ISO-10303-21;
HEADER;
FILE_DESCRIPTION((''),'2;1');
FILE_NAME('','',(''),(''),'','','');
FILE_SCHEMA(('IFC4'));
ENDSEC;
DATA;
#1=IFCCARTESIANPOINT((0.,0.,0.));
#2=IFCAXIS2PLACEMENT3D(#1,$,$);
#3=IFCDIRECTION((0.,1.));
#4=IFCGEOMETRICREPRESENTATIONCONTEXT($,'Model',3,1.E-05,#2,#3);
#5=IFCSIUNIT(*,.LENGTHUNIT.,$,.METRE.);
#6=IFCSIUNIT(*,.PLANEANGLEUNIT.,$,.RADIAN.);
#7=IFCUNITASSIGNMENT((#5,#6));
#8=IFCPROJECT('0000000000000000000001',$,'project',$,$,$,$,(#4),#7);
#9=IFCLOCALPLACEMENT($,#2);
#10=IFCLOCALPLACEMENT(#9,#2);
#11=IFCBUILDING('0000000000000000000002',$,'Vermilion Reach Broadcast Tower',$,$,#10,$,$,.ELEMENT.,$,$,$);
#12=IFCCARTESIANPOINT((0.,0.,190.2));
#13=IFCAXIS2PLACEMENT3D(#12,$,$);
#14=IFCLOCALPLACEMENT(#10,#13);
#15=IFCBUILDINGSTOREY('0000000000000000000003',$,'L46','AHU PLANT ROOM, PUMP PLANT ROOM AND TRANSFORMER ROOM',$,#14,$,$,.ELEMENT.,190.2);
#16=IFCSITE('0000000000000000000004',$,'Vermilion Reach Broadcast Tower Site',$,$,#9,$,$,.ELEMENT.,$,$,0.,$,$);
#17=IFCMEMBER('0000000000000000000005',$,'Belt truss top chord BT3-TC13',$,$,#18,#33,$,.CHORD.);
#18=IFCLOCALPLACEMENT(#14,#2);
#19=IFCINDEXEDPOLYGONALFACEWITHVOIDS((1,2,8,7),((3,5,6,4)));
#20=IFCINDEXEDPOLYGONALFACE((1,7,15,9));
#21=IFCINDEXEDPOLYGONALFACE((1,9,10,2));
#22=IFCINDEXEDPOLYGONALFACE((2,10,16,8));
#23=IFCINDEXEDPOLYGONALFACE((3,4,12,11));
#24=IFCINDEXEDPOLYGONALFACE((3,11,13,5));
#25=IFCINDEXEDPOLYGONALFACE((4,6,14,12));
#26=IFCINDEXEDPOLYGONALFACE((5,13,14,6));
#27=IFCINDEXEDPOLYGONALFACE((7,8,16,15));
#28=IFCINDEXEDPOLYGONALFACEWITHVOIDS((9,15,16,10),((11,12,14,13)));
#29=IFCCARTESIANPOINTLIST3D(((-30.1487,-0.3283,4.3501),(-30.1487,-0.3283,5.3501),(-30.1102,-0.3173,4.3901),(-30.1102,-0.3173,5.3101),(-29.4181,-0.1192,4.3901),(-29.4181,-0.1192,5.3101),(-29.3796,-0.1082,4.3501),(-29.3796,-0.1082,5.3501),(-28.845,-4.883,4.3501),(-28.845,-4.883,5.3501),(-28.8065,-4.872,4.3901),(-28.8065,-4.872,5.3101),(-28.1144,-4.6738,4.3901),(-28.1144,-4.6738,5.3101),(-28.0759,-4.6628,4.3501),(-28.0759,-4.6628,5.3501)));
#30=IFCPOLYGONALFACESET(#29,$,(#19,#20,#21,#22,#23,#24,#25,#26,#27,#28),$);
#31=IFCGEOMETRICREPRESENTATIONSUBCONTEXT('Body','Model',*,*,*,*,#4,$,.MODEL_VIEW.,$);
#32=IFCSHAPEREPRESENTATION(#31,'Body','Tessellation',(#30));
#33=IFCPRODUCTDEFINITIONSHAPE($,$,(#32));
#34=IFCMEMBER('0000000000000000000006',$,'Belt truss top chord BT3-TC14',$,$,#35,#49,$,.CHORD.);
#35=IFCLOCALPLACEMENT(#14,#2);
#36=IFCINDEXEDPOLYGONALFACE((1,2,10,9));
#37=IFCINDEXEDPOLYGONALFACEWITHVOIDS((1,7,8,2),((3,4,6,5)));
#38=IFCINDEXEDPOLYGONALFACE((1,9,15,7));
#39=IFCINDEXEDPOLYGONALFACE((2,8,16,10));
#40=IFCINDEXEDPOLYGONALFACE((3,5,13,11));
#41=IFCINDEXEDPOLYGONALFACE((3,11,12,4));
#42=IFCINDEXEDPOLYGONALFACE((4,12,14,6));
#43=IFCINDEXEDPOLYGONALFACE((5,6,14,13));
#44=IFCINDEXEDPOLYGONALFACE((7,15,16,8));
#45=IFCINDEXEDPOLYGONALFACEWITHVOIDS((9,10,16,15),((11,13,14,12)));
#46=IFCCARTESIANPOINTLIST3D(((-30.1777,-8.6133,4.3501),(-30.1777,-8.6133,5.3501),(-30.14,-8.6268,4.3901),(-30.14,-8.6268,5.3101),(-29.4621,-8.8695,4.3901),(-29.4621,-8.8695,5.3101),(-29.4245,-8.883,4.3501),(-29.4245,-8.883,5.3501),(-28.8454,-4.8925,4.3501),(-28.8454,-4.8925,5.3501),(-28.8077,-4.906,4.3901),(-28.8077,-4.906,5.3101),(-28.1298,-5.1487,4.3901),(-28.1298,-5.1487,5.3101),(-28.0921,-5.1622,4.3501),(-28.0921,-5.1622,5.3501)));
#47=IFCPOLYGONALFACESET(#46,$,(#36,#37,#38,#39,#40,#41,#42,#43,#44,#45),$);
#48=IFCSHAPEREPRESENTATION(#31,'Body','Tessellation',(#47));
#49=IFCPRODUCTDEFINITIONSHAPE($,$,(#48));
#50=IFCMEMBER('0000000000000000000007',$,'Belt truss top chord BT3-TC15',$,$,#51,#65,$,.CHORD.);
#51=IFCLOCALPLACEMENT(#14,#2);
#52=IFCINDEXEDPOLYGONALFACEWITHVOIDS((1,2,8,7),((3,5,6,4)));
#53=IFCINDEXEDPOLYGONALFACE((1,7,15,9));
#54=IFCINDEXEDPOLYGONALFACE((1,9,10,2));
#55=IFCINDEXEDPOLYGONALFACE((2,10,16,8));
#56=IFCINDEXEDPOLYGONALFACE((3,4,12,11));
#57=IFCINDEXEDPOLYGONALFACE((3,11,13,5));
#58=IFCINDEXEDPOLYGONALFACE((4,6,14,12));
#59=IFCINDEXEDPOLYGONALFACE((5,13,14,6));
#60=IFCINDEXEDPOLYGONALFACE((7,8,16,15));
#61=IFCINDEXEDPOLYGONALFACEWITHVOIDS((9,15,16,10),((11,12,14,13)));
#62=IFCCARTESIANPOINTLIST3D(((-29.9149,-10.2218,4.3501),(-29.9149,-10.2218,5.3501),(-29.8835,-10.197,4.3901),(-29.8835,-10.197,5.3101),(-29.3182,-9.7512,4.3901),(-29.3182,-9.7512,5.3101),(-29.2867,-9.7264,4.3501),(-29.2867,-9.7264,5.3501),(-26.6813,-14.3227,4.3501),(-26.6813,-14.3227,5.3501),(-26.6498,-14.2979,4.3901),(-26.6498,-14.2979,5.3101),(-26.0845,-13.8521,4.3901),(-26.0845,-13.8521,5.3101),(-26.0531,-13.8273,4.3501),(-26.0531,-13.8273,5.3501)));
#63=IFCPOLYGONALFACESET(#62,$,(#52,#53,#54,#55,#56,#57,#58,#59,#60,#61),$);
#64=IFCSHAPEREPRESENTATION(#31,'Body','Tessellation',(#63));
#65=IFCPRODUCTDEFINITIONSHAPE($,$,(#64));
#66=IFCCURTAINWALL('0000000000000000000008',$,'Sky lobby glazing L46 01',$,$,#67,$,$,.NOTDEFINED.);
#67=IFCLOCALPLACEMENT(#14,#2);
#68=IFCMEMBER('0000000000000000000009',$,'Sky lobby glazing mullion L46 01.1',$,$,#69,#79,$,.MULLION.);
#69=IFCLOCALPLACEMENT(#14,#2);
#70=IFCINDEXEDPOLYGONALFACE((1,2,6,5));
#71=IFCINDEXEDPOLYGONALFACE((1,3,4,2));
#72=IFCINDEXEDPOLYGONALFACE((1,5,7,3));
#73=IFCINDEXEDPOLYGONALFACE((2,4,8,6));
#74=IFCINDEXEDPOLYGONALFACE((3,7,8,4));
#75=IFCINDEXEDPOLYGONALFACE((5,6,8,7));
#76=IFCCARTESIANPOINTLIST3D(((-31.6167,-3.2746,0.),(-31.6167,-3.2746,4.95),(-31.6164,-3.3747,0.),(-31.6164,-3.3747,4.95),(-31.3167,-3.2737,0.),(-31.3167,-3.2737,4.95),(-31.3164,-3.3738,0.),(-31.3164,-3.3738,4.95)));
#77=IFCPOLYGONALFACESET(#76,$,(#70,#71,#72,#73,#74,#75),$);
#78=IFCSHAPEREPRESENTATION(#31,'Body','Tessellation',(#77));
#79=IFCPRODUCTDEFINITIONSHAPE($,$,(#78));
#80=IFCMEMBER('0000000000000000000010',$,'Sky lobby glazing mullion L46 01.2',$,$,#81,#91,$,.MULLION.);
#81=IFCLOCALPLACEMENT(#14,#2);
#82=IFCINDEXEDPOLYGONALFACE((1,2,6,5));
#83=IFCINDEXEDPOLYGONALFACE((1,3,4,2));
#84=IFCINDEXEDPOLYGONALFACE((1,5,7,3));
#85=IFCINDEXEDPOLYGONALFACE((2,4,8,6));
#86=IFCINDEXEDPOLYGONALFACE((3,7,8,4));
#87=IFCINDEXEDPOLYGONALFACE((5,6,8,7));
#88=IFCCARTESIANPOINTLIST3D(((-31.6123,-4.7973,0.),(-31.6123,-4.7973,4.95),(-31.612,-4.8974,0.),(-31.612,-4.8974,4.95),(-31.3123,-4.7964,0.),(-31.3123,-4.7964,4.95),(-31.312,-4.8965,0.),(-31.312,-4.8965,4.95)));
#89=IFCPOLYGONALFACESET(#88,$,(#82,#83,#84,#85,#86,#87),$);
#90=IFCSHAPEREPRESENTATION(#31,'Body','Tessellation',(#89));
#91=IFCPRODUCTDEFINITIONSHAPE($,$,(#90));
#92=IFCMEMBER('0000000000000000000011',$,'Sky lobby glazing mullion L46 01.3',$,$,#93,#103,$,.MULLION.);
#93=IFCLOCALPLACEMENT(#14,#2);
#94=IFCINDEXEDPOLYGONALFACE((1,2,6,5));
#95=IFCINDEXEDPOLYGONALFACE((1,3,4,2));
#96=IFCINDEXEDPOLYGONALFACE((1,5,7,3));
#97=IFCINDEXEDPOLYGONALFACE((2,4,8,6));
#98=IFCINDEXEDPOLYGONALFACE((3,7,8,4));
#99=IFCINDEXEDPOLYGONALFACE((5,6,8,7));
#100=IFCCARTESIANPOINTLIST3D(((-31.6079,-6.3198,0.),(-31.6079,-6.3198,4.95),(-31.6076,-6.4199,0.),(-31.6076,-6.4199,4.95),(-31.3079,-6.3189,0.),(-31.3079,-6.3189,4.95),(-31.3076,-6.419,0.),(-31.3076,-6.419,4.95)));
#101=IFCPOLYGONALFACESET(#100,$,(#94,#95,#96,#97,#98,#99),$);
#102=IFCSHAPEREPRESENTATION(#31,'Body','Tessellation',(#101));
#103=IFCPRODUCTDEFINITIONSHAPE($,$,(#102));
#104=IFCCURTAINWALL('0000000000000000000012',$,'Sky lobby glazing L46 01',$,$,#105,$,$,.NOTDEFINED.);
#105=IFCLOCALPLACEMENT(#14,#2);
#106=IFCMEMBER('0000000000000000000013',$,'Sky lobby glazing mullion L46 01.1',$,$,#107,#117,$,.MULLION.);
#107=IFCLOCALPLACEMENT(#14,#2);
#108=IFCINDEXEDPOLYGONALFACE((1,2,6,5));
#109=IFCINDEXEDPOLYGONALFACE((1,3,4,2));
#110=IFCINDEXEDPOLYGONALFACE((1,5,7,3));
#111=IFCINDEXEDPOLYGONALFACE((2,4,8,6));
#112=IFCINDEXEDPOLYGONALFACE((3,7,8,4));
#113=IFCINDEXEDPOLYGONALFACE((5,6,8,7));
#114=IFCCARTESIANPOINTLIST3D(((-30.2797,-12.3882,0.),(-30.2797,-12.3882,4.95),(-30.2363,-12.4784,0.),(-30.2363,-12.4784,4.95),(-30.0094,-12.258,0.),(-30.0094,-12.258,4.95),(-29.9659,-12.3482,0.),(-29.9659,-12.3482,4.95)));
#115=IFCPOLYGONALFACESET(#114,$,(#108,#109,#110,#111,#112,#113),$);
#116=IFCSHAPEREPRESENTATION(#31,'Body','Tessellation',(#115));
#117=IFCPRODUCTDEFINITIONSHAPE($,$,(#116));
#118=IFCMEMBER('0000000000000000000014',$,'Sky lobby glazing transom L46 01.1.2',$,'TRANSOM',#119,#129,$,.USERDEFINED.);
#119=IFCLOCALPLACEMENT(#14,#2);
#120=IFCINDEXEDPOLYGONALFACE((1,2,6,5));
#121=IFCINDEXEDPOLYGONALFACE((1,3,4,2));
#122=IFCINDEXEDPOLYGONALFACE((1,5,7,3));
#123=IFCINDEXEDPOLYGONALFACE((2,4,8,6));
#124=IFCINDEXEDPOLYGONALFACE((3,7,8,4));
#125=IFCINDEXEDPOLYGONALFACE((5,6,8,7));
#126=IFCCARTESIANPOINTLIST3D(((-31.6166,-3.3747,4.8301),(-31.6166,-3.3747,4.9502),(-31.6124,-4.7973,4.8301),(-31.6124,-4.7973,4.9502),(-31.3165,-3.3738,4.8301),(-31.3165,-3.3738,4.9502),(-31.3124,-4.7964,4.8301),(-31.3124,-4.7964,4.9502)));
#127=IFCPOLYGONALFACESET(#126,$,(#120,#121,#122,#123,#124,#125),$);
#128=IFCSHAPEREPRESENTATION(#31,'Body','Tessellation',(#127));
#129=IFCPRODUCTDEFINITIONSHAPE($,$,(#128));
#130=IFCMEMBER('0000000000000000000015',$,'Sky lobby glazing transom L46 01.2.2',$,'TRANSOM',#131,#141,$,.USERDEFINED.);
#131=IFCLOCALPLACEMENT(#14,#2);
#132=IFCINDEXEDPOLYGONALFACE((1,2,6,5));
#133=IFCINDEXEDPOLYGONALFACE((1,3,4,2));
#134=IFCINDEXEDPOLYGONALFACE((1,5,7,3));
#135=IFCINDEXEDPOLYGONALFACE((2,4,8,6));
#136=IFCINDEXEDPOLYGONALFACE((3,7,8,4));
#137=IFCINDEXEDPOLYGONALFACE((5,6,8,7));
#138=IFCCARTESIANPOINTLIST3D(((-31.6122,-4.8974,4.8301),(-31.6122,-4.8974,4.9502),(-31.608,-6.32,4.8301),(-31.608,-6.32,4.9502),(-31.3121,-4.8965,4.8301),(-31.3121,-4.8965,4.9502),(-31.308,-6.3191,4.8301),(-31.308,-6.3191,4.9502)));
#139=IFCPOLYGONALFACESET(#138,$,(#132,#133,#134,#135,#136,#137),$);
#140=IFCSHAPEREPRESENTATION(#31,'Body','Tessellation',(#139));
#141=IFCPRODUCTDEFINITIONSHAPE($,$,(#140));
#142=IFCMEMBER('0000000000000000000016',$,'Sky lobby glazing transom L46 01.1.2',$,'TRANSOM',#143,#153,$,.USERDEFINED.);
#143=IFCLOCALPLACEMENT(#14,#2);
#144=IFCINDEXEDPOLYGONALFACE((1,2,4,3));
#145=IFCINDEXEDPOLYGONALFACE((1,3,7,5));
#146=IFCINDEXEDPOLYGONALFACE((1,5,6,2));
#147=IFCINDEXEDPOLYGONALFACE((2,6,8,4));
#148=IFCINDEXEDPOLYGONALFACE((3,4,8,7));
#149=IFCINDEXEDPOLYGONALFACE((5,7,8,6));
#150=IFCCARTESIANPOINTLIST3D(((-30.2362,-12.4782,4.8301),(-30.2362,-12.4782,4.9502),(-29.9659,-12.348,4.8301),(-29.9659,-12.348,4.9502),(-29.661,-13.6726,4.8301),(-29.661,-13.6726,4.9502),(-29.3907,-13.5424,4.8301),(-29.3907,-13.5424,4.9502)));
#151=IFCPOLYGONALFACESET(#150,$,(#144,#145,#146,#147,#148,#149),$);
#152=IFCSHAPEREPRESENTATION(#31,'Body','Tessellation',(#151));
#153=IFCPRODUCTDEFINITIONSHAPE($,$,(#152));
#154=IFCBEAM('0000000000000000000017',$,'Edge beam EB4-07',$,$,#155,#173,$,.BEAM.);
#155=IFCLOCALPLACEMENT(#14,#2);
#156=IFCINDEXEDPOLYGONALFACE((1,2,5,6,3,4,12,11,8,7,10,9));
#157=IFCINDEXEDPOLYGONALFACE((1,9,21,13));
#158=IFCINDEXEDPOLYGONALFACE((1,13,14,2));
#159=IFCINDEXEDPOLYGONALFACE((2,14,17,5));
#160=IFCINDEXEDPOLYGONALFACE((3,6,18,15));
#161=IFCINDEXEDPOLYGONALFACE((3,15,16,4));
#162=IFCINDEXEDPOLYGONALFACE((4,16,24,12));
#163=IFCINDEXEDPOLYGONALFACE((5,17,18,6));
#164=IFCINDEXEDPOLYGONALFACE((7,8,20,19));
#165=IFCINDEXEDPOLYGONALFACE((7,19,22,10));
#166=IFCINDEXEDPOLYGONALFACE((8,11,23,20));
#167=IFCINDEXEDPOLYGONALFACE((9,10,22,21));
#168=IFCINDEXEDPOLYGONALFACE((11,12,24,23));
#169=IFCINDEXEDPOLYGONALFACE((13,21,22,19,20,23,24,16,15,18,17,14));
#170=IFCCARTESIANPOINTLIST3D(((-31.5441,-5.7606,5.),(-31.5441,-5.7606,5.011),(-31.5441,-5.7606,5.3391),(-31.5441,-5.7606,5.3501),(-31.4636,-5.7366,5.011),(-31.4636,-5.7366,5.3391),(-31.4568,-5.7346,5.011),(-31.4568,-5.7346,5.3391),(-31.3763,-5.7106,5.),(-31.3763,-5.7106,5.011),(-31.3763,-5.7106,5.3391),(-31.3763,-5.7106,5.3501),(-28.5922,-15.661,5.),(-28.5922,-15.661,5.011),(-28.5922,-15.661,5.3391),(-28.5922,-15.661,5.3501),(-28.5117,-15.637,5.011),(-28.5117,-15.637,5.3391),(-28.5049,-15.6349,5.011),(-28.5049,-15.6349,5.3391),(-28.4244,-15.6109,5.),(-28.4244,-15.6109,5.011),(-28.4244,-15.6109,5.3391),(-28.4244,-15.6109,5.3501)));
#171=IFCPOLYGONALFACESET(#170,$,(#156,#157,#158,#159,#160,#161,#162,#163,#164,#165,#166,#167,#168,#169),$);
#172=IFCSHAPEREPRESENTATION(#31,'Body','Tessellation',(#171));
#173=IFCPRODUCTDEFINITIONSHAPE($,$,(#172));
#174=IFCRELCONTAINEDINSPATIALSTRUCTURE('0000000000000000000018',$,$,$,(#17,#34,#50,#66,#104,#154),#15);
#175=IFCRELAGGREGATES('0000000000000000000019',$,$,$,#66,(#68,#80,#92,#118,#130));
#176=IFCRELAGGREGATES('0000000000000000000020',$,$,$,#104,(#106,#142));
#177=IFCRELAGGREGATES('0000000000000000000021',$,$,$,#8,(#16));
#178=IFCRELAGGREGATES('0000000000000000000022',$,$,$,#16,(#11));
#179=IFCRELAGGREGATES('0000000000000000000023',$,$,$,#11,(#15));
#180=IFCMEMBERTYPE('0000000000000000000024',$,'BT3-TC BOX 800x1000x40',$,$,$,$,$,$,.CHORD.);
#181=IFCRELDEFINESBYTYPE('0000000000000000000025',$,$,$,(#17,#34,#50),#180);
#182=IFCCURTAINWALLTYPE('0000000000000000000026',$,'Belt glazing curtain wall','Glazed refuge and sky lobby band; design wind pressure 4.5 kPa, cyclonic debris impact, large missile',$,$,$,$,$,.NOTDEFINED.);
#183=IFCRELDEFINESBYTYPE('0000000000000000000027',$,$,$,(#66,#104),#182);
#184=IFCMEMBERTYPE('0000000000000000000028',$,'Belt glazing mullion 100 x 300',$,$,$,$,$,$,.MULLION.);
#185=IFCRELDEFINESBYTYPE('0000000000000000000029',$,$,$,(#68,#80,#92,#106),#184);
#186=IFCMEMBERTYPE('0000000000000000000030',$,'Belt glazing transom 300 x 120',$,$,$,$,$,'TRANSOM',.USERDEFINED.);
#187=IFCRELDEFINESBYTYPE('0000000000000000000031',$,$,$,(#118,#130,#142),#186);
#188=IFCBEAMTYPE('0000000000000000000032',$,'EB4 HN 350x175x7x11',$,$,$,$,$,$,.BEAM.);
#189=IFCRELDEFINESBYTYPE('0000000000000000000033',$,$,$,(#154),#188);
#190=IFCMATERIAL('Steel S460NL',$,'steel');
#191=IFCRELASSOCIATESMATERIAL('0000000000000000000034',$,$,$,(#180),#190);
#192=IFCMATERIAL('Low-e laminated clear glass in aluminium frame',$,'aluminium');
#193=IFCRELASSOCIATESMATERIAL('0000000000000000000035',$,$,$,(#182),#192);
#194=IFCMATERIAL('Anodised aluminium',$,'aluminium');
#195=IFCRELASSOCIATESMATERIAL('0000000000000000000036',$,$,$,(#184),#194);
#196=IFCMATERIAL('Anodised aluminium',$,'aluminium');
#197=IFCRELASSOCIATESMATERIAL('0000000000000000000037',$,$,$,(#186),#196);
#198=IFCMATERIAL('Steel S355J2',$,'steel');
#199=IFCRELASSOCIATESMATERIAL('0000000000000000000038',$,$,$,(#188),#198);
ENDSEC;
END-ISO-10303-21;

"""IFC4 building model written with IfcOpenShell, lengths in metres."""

from ifc_helpers import new_model, si_unit, direction, frame, origin, origin_2d, place, context, subcontext, project, spatial, rectangle, hollow_rectangle, i_section, extrude, material, material_profile, profile_set, type_object, element, aggregate, save


model = new_model("IFC4")

# Units and contexts
model_context = context("Model", 3, precision=1e-05, world=origin(), true_north=direction((0.0, 1.0)))
body_context = subcontext(model_context, "Body", "Model", "MODEL_VIEW")
ifc_project = project(units=[si_unit("LENGTHUNIT", "METRE"), si_unit("PLANEANGLEUNIT", "RADIAN")], contexts=[model_context])

# Site, building, storey
site_placement = place(None, origin())
site = spatial("IfcSite", under=ifc_project, at=site_placement, Name="Vermilion Reach Broadcast Tower Site", CompositionType="ELEMENT", RefElevation=0.0)
building_placement = place(site_placement, origin())
building = spatial("IfcBuilding", under=site, at=building_placement, Name="Vermilion Reach Broadcast Tower", CompositionType="ELEMENT")
storey_placement = place(building_placement, frame((0.0, 0.0, 190.2)))
storey = spatial("IfcBuildingStorey", under=building, at=storey_placement, Name="L46", Description="AHU PLANT ROOM, PUMP PLANT ROOM AND TRANSFORMER ROOM", CompositionType="ELEMENT", Elevation=190.2)

# Members
ifc_material_1 = material(Name="Steel S460NL", Category="steel")
ifc_material_profile_1 = material_profile(ifc_material_1, hollow_rectangle(XDim=0.8, YDim=1.0, WallThickness=0.04, at=origin_2d()), Name="S460NL BOX 800x1000x40")
ifc_profile_set_1 = profile_set([ifc_material_profile_1], Name="Steel S460NL")
member_type_1 = type_object("IfcMemberType", Name="BT3-TC BOX 800x1000x40", PredefinedType="CHORD", material=ifc_profile_set_1)
member_1_placement = place(storey_placement, frame((-29.7642, -0.2183, 4.8501), z_axis=(0.275184, -0.961392, 0.0), x_axis=(0.961392, 0.275184, 0.0)))
element("IfcMember", 1, at=member_1_placement, inside=storey, type_object=member_type_1, Name="Belt truss top chord BT3-TC13", PredefinedType="CHORD", context=body_context, shape_type="SweptSolid", body=[
    extrude(hollow_rectangle(XDim=0.8, YDim=1.0, WallThickness=0.04, at=origin_2d()), origin(), (0.0, 0.0, 1.0), 4.7375),
])
member_2_placement = place(storey_placement, frame((-28.4688, -5.0273, 4.8501), z_axis=(-0.337111, -0.941465, 0.0), x_axis=(0.941465, -0.337111, 0.0)))
element("IfcMember", 2, at=member_2_placement, inside=storey, type_object=member_type_1, Name="Belt truss top chord BT3-TC14", PredefinedType="CHORD", context=body_context, shape_type="SweptSolid", body=[
    extrude(hollow_rectangle(XDim=0.8, YDim=1.0, WallThickness=0.04, at=origin_2d()), origin(), (0.0, 0.0, 1.0), 3.9521),
])
member_3_placement = place(storey_placement, frame((-29.6008, -9.9741, 4.8501), z_axis=(0.619189, -0.785242, 0.0), x_axis=(0.785242, 0.619189, 0.0)))
element("IfcMember", 3, at=member_3_placement, inside=storey, type_object=member_type_1, Name="Belt truss top chord BT3-TC15", PredefinedType="CHORD", context=body_context, shape_type="SweptSolid", body=[
    extrude(hollow_rectangle(XDim=0.8, YDim=1.0, WallThickness=0.04, at=origin_2d()), origin(), (0.0, 0.0, 1.0), 5.2224),
])

# Curtain wall, members
ifc_material_2 = material(Name="Low-e laminated clear glass in aluminium frame", Category="aluminium")
curtain_wall_type = type_object("IfcCurtainWallType", Name="Belt glazing curtain wall", Description="Glazed refuge and sky lobby band; design wind pressure 4.5 kPa, cyclonic debris impact, large missile", PredefinedType="NOTDEFINED", material=ifc_material_2)
placement = place(storey_placement, origin())
curtain_wall_1 = element("IfcCurtainWall", 4, at=placement, inside=storey, type_object=curtain_wall_type, Name="Sky lobby glazing L46 01", PredefinedType="NOTDEFINED")
ifc_material_3 = material(Name="Anodised aluminium", Category="aluminium")
ifc_material_profile_2 = material_profile(ifc_material_3, rectangle(XDim=0.3, YDim=0.1001, at=origin_2d()), Name="Belt glazing mullion 100 x 300")
ifc_profile_set_2 = profile_set([ifc_material_profile_2], Name="Anodised aluminium")
member_type_2 = type_object("IfcMemberType", Name="Belt glazing mullion 100 x 300", PredefinedType="MULLION", material=ifc_profile_set_2)
member_4_placement = place(storey_placement, frame((-31.4666, -3.3242, 0.0), z_axis=(0.0, 0.0, 1.0), x_axis=(0.999996, 0.002886, 0.0)))
member_4 = element("IfcMember", 5, at=member_4_placement, type_object=member_type_2, Name="Sky lobby glazing mullion L46 01.1", PredefinedType="MULLION", context=body_context, shape_type="SweptSolid", body=[
    extrude(rectangle(XDim=0.3, YDim=0.1001, at=origin_2d()), origin(), (0.0, 0.0, 1.0), 4.95),
])
member_5_placement = place(storey_placement, frame((-31.4622, -4.8469, 0.0), z_axis=(0.0, 0.0, 1.0), x_axis=(0.999996, 0.002886, 0.0)))
member_5 = element("IfcMember", 6, at=member_5_placement, type_object=member_type_2, Name="Sky lobby glazing mullion L46 01.2", PredefinedType="MULLION", context=body_context, shape_type="SweptSolid", body=[
    extrude(rectangle(XDim=0.3, YDim=0.1001, at=origin_2d()), origin(), (0.0, 0.0, 1.0), 4.95),
])
member_6_placement = place(storey_placement, frame((-31.4578, -6.3694, 0.0), z_axis=(0.0, 0.0, 1.0), x_axis=(0.999996, 0.002886, 0.0)))
member_6 = element("IfcMember", 7, at=member_6_placement, type_object=member_type_2, Name="Sky lobby glazing mullion L46 01.3", PredefinedType="MULLION", context=body_context, shape_type="SweptSolid", body=[
    extrude(rectangle(XDim=0.3, YDim=0.1001, at=origin_2d()), origin(), (0.0, 0.0, 1.0), 4.95),
])

# Curtain wall, member
curtain_wall_2 = element("IfcCurtainWall", 8, at=placement, inside=storey, type_object=curtain_wall_type, Name="Sky lobby glazing L46 01", PredefinedType="NOTDEFINED")
member_7_placement = place(storey_placement, frame((-30.1228, -12.3682, 0.0), z_axis=(0.0, 0.0, 1.0), x_axis=(0.90096, 0.433902, 0.0)))
member_7 = element("IfcMember", 9, at=member_7_placement, type_object=member_type_2, Name="Sky lobby glazing mullion L46 01.1", PredefinedType="MULLION", context=body_context, shape_type="SweptSolid", body=[
    extrude(rectangle(XDim=0.3, YDim=0.1001, at=origin_2d()), origin(), (0.0, 0.0, 1.0), 4.95),
])

# Members
ifc_material_4 = material(Name="Anodised aluminium", Category="aluminium")
ifc_material_profile_3 = material_profile(ifc_material_4, rectangle(XDim=0.3, YDim=0.1201, at=origin_2d()), Name="Belt glazing transom 300 x 120")
ifc_profile_set_3 = profile_set([ifc_material_profile_3], Name="Anodised aluminium")
member_type_3 = type_object("IfcMemberType", Name="Belt glazing transom 300 x 120", ElementType="TRANSOM", PredefinedType="USERDEFINED", material=ifc_profile_set_3)
member_8_placement = place(storey_placement, frame((-31.4666, -3.3743, 4.8901), z_axis=(0.002917, -0.999996, 0.0), x_axis=(0.999996, 0.002917, 0.0)))
member_8 = element("IfcMember", 10, at=member_8_placement, type_object=member_type_3, Name="Sky lobby glazing transom L46 01.1.2", ObjectType="TRANSOM", PredefinedType="USERDEFINED", context=body_context, shape_type="SweptSolid", body=[
    extrude(rectangle(XDim=0.3, YDim=0.1201, at=origin_2d()), origin(), (0.0, 0.0, 1.0), 1.4226),
])
member_9_placement = place(storey_placement, frame((-31.4622, -4.897, 4.8901), z_axis=(0.002917, -0.999996, 0.0), x_axis=(0.999996, 0.002917, 0.0)))
member_9 = element("IfcMember", 11, at=member_9_placement, type_object=member_type_3, Name="Sky lobby glazing transom L46 01.2.2", ObjectType="TRANSOM", PredefinedType="USERDEFINED", context=body_context, shape_type="SweptSolid", body=[
    extrude(rectangle(XDim=0.3, YDim=0.1201, at=origin_2d()), origin(), (0.0, 0.0, 1.0), 1.4226),
])
member_10_placement = place(storey_placement, frame((-30.1011, -12.4131, 4.8901), z_axis=(0.433904, -0.900959, 0.0), x_axis=(0.900959, 0.433904, 0.0)))
member_10 = element("IfcMember", 12, at=member_10_placement, type_object=member_type_3, Name="Sky lobby glazing transom L46 01.1.2", ObjectType="TRANSOM", PredefinedType="USERDEFINED", context=body_context, shape_type="SweptSolid", body=[
    extrude(rectangle(XDim=0.3, YDim=0.1201, at=origin_2d()), origin(), (0.0, 0.0, 1.0), 1.3257),
])

# Beam
ifc_material_5 = material(Name="Steel S355J2", Category="steel")
ifc_material_profile_4 = material_profile(ifc_material_5, i_section(OverallWidth=0.175, OverallDepth=0.3501, WebThickness=0.0071, FlangeThickness=0.011, at=origin_2d()), Name="S355J2 HN 350x175x7x11")
ifc_profile_set_4 = profile_set([ifc_material_profile_4], Name="Steel S355J2")
beam_type_1 = type_object("IfcBeamType", Name="EB4 HN 350x175x7x11", PredefinedType="BEAM", material=ifc_profile_set_4)
beam_1_placement = place(storey_placement, frame((-31.4602, -5.7356, 5.175), z_axis=(0.28573, -0.95831, 0.0), x_axis=(0.95831, 0.28573, 0.0)))
element("IfcBeam", 13, at=beam_1_placement, inside=storey, type_object=beam_type_1, Name="Edge beam EB4-07", PredefinedType="BEAM", context=body_context, shape_type="SweptSolid", body=[
    extrude(i_section(OverallWidth=0.175, OverallDepth=0.3501, WebThickness=0.0071, FlangeThickness=0.011, at=origin_2d()), origin(), (0.0, 0.0, 1.0), 10.3311),
])

aggregate(curtain_wall_1, [member_4, member_5, member_6, member_8, member_9])
aggregate(curtain_wall_2, [member_7, member_10])

save(model, "model.ifc")
